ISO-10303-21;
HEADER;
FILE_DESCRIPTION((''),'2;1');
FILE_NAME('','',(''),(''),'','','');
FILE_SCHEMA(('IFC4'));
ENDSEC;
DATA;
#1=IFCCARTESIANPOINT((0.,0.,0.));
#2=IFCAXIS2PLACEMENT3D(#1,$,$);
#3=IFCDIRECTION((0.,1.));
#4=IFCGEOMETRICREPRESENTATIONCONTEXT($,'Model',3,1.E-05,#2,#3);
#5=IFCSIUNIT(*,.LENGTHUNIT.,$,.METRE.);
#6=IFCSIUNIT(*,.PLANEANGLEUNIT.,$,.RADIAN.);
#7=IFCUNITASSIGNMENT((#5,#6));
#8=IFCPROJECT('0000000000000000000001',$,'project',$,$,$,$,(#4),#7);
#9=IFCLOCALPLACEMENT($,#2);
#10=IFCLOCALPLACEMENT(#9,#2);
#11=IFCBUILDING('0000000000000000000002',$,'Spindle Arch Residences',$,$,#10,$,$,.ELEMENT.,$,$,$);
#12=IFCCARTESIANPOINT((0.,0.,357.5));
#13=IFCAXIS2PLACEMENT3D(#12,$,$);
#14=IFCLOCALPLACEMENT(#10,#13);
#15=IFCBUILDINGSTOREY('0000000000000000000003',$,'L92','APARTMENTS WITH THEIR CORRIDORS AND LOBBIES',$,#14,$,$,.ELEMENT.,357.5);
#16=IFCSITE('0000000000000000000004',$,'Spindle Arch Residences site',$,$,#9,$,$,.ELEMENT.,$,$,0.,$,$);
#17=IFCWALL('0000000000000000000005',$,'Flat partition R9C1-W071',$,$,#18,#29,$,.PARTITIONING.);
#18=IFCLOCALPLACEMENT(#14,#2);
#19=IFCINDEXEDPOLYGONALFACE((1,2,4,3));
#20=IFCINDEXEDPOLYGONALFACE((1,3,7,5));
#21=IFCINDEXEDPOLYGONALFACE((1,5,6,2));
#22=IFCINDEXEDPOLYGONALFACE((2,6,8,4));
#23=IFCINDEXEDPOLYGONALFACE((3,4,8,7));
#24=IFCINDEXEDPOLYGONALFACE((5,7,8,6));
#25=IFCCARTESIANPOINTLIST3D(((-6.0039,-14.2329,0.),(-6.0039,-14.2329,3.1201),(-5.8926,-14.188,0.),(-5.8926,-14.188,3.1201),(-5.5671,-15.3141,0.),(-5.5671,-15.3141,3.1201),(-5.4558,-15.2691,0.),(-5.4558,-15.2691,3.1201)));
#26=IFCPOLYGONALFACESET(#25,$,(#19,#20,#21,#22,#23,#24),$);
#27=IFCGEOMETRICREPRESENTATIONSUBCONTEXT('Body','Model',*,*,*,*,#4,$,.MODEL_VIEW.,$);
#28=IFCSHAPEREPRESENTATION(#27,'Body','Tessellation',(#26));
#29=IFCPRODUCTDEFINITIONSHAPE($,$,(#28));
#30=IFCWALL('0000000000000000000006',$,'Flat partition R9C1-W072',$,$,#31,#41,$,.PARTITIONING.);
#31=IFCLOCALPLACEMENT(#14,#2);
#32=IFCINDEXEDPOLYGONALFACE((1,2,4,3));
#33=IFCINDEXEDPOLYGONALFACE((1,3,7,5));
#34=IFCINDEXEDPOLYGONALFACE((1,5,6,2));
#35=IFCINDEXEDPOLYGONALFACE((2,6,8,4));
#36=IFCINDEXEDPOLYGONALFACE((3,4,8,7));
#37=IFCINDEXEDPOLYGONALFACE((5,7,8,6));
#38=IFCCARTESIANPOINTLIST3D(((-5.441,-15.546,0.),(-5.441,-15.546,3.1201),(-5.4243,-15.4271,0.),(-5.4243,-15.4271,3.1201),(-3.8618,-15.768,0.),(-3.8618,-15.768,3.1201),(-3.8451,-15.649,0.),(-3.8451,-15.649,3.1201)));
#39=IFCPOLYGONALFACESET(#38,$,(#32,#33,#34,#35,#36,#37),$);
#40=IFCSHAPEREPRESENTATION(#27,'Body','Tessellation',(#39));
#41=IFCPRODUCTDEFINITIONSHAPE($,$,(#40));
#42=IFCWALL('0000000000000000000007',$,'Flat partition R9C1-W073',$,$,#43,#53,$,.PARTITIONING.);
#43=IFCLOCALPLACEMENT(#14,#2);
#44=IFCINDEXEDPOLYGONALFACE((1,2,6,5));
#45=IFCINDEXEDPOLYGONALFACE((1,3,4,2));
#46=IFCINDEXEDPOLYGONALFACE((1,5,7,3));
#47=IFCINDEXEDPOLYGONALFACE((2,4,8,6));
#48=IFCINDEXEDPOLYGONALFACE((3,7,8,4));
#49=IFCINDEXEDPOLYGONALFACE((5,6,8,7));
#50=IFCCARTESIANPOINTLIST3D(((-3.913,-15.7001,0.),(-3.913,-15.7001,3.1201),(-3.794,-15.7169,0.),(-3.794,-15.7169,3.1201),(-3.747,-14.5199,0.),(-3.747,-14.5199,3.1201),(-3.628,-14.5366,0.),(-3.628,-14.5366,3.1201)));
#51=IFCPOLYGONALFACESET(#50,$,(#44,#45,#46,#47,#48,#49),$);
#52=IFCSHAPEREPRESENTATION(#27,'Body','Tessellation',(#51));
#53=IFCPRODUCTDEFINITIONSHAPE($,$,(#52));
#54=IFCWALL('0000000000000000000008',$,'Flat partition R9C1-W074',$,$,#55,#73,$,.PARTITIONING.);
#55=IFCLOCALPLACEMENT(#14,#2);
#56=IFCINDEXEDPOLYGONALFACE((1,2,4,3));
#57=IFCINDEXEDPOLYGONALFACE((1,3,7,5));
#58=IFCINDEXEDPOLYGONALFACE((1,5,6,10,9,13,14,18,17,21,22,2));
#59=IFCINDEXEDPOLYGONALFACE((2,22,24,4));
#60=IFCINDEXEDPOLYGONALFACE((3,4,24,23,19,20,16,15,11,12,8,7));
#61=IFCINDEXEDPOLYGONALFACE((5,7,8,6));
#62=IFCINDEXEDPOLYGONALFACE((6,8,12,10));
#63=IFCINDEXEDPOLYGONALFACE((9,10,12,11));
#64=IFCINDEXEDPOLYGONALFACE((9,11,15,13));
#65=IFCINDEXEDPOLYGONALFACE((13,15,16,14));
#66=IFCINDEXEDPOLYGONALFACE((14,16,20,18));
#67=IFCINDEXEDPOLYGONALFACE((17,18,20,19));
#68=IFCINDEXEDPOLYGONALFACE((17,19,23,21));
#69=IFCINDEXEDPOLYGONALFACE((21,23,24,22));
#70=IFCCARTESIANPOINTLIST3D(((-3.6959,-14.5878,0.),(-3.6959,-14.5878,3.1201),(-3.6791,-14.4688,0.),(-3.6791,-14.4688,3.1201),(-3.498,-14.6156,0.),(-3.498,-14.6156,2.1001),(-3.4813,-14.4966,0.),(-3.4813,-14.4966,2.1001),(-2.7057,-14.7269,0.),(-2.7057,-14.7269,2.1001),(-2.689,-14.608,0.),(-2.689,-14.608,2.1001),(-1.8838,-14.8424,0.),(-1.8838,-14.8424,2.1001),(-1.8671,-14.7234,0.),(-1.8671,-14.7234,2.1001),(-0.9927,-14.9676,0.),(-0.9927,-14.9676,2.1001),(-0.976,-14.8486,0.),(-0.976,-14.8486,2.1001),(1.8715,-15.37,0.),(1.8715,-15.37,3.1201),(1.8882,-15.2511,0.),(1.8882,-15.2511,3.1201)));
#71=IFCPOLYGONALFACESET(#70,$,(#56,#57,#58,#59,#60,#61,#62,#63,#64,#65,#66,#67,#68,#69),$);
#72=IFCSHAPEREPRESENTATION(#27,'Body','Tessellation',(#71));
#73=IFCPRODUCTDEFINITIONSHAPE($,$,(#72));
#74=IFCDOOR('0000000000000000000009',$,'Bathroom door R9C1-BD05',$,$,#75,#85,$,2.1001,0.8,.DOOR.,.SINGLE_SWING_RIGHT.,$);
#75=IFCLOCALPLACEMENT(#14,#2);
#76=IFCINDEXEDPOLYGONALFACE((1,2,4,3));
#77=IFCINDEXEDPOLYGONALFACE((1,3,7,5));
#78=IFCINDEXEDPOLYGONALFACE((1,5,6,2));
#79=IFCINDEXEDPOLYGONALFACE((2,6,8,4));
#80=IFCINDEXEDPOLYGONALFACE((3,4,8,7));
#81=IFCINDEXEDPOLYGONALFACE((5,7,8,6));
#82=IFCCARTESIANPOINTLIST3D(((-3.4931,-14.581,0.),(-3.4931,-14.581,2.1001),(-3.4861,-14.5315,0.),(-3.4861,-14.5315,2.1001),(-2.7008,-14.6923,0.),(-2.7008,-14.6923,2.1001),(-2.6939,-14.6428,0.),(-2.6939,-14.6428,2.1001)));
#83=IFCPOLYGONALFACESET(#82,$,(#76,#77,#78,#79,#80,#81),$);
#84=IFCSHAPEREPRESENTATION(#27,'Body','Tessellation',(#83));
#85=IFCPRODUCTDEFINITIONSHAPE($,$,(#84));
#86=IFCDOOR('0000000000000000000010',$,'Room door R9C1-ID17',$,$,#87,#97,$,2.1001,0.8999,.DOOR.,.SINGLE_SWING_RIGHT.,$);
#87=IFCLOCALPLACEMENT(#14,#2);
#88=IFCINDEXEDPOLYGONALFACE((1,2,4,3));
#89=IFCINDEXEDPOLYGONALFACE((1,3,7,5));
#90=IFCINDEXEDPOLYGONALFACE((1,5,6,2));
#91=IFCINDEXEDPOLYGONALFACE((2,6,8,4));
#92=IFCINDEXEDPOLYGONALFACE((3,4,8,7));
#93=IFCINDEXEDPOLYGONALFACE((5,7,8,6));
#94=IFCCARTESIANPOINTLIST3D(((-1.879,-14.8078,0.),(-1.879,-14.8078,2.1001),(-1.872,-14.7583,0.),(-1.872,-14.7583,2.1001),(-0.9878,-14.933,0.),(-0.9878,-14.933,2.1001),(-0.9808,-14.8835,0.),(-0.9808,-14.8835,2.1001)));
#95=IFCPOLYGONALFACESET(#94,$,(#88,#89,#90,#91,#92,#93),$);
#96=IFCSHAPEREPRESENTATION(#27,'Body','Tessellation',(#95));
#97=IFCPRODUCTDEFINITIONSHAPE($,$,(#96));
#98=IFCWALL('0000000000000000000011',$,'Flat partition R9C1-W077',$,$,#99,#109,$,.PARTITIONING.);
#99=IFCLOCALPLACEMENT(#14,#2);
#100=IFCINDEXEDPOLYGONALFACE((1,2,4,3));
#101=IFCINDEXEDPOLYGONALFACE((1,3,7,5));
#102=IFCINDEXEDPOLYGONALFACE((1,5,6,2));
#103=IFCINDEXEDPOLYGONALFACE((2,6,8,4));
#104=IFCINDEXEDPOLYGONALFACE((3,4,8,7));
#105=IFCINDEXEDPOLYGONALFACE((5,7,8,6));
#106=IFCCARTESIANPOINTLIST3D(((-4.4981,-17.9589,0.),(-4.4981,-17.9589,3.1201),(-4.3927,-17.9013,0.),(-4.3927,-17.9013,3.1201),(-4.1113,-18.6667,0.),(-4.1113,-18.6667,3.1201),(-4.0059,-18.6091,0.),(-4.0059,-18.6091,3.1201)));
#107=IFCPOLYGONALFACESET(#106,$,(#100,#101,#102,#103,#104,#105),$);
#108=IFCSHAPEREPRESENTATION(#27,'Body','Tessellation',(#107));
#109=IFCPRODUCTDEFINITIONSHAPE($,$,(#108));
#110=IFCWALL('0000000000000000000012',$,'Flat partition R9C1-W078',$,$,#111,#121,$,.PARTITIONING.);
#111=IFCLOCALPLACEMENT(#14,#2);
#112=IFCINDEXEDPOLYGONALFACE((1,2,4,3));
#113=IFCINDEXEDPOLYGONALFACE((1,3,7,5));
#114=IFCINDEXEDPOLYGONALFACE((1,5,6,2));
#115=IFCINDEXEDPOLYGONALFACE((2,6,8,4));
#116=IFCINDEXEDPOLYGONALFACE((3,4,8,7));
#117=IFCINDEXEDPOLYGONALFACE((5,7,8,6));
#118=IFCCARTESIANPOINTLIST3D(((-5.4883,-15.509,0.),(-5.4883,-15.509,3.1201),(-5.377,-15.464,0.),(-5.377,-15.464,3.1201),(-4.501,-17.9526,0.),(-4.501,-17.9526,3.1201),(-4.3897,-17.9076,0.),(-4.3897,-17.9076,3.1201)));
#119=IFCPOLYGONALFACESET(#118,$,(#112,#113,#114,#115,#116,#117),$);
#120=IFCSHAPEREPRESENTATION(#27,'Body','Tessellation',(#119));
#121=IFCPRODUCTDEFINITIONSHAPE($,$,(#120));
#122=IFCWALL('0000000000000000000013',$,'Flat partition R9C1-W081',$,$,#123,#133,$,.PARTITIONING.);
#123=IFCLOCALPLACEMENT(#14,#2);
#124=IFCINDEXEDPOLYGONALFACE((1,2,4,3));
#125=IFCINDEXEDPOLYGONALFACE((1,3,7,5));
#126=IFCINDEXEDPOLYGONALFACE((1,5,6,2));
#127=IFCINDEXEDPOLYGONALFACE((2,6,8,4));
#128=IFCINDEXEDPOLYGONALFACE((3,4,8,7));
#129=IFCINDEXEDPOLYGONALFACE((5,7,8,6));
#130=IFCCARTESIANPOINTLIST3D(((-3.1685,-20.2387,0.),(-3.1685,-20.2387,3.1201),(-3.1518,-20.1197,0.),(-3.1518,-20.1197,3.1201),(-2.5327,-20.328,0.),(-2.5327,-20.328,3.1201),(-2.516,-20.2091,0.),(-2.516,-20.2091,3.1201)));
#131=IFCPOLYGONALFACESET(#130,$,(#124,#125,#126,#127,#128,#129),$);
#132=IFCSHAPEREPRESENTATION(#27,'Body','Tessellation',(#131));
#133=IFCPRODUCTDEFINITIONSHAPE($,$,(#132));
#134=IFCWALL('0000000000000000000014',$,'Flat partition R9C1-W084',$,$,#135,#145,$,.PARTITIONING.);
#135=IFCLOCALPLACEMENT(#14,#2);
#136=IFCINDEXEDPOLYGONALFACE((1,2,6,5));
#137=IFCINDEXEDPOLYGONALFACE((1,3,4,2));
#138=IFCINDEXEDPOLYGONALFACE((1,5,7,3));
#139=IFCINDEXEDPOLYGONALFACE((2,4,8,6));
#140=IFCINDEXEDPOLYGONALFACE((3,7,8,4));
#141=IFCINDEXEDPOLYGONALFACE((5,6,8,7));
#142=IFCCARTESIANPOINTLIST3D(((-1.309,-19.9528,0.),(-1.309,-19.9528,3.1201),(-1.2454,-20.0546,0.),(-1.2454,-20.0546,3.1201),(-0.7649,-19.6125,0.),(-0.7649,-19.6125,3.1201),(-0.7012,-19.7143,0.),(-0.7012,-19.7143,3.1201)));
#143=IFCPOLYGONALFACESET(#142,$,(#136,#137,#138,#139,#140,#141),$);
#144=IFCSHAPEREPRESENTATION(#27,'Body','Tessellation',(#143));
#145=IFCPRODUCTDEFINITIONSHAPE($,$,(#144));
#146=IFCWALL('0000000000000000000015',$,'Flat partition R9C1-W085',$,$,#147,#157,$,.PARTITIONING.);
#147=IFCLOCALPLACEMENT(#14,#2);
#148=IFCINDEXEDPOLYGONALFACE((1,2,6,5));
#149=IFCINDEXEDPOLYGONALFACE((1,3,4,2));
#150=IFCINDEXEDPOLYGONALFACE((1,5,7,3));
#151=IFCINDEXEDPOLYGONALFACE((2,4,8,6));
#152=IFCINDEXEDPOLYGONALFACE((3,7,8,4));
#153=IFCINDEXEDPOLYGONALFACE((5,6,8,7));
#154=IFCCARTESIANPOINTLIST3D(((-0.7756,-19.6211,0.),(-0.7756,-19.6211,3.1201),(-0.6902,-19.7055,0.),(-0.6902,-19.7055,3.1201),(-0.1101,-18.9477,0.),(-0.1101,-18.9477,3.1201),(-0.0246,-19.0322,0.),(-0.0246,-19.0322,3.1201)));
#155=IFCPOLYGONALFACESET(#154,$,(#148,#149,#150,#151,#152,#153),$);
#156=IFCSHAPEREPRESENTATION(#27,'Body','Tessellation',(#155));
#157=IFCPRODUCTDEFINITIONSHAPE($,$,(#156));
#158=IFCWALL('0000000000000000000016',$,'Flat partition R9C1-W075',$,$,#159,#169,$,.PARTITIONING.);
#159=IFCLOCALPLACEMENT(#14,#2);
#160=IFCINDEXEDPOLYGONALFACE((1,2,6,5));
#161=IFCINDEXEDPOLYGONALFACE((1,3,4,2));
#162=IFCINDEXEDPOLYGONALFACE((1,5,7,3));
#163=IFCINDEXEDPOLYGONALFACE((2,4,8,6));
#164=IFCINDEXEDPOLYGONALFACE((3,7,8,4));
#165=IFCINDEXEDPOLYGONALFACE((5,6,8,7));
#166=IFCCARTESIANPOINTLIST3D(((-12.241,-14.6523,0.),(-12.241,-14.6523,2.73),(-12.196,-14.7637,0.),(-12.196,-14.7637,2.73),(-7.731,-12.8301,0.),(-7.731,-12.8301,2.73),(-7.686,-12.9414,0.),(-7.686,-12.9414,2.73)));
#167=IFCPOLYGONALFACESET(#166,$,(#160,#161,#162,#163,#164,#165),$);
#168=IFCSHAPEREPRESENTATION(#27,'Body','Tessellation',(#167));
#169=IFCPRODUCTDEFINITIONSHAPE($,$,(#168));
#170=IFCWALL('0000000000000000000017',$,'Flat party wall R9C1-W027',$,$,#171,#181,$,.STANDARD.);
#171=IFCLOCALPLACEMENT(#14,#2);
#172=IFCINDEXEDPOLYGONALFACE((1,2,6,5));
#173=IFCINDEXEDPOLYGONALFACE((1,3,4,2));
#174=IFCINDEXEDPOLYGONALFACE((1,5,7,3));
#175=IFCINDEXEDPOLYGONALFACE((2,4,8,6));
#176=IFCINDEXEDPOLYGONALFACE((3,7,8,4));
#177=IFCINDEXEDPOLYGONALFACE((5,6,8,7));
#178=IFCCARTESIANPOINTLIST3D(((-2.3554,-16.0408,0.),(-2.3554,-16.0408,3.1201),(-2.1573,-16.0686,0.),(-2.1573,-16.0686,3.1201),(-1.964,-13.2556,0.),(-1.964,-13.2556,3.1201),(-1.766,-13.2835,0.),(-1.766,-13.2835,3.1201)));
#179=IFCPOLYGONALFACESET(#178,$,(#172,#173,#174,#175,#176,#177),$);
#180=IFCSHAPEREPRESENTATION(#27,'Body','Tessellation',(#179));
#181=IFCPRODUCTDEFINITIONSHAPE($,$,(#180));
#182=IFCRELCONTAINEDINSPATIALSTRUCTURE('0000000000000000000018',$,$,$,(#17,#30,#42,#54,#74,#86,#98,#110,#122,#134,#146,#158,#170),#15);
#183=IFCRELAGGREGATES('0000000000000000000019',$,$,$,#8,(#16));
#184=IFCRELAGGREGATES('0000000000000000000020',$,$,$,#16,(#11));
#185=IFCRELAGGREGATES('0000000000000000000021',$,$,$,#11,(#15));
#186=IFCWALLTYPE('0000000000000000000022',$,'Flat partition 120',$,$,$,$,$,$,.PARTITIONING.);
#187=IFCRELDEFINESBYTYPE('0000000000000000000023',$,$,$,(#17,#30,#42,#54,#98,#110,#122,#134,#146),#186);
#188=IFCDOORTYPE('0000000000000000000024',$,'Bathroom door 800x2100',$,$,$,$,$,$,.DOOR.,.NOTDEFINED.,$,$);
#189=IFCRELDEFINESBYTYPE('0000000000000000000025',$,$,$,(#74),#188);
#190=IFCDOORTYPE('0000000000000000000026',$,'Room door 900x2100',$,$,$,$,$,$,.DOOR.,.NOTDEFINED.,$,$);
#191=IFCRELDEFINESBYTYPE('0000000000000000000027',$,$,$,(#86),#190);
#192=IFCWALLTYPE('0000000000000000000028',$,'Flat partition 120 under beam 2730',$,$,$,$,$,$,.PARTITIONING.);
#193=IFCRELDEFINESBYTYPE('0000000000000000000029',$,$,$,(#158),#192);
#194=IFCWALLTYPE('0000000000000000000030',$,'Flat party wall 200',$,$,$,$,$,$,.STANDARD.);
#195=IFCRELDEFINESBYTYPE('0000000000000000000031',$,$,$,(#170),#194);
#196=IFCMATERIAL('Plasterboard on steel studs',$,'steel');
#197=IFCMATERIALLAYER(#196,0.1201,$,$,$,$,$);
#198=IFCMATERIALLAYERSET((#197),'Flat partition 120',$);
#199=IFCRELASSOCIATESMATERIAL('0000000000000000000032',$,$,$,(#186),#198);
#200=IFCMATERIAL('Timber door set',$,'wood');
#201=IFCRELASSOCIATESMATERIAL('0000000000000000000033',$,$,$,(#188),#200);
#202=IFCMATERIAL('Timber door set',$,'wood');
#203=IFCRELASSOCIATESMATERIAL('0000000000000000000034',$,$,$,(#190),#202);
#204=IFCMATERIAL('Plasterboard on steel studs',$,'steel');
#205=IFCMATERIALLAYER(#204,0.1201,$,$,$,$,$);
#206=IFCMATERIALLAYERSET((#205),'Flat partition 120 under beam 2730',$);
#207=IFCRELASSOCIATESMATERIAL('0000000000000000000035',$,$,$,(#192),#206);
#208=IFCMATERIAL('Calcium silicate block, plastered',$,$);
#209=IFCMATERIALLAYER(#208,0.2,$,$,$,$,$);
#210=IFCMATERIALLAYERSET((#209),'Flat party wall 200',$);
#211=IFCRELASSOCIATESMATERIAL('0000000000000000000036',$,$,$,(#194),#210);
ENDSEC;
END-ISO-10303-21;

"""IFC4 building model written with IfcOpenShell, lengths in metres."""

from ifc_helpers import new_model, si_unit, direction, frame, frame_2d, origin, place, context, subcontext, project, spatial, rectangle, extrude, material, layer, layer_set, type_object, element, fill, save


model = new_model("IFC4")

# Units and contexts
model_context = context("Model", 3, precision=1e-05, world=origin(), true_north=direction((0.0, 1.0)))
body_context = subcontext(model_context, "Body", "Model", "MODEL_VIEW")
ifc_project = project(units=[si_unit("LENGTHUNIT", "METRE"), si_unit("PLANEANGLEUNIT", "RADIAN")], contexts=[model_context])

# Site, building, storey
site_placement = place(None, origin())
site = spatial("IfcSite", under=ifc_project, at=site_placement, Name="Spindle Arch Residences site", CompositionType="ELEMENT", RefElevation=0.0)
building_placement = place(site_placement, origin())
building = spatial("IfcBuilding", under=site, at=building_placement, Name="Spindle Arch Residences", CompositionType="ELEMENT")
storey_placement = place(building_placement, frame((0.0, 0.0, 357.5)))
storey = spatial("IfcBuildingStorey", under=building, at=storey_placement, Name="L92", Description="APARTMENTS WITH THEIR CORRIDORS AND LOBBIES", CompositionType="ELEMENT", Elevation=357.5)

# Walls
ifc_material_1 = material(Name="Plasterboard on steel studs", Category="steel")
ifc_layer_1 = layer(ifc_material_1, 0.1201)
ifc_layer_set_1 = layer_set([ifc_layer_1], Name="Flat partition 120")
wall_type_1 = type_object("IfcWallType", Name="Flat partition 120", PredefinedType="PARTITIONING", material=ifc_layer_set_1)
wall_1_placement = place(storey_placement, frame((-5.9482, -14.2104, 0.0), z_axis=(0.0, 0.0, 1.0), x_axis=(0.374602, -0.927186, 0.0)))
element("IfcWall", 1, at=wall_1_placement, inside=storey, type_object=wall_type_1, Name="Flat partition R9C1-W071", PredefinedType="PARTITIONING", context=body_context, shape_type="SweptSolid", body=[
    extrude(rectangle(XDim=1.166, YDim=0.1201, at=frame_2d((0.583, 0.0))), origin(), (0.0, 0.0, 1.0), 3.1201),
])
wall_2_placement = place(storey_placement, frame((-5.4326, -15.4866, 0.0), z_axis=(0.0, 0.0, 1.0), x_axis=(0.990268, -0.13917, 0.0)))
element("IfcWall", 2, at=wall_2_placement, inside=storey, type_object=wall_type_1, Name="Flat partition R9C1-W072", PredefinedType="PARTITIONING", context=body_context, shape_type="SweptSolid", body=[
    extrude(rectangle(XDim=1.5947, YDim=0.1201, at=frame_2d((0.7974, 0.0))), origin(), (0.0, 0.0, 1.0), 3.1201),
])
wall_3_placement = place(storey_placement, frame((-3.8535, -15.7085, 0.0), z_axis=(0.0, 0.0, 1.0), x_axis=(0.139299, 0.99025, 0.0)))
element("IfcWall", 3, at=wall_3_placement, inside=storey, type_object=wall_type_1, Name="Flat partition R9C1-W073", PredefinedType="PARTITIONING", context=body_context, shape_type="SweptSolid", body=[
    extrude(rectangle(XDim=1.1919, YDim=0.1201, at=frame_2d((0.5959, 0.0))), origin(), (0.0, 0.0, 1.0), 3.1201),
])

# Wall, openings, doors
wall_4_placement = place(storey_placement, frame((-3.6875, -14.5283, 0.0), z_axis=(0.0, 0.0, 1.0), x_axis=(0.990273, -0.139135, 0.0)))
wall_4 = element("IfcWall", 4, at=wall_4_placement, inside=storey, type_object=wall_type_1, Name="Flat partition R9C1-W074", PredefinedType="PARTITIONING", context=body_context, shape_type="SweptSolid", body=[
    extrude(rectangle(XDim=5.6221, YDim=0.1201, at=frame_2d((2.811, 0.0))), origin(), (0.0, 0.0, 1.0), 3.1201),
])
opening_1_placement = place(wall_4_placement, frame((0.2, 0.0, 0.0)))
opening_1 = element("IfcOpeningElement", 5, at=opening_1_placement, cuts=wall_4, PredefinedType="OPENING", context=body_context, shape_type="SweptSolid", body=[
    extrude(rectangle(XDim=0.8, YDim=2.1001, at=frame_2d((0.3999, 1.05))), frame((0.0, 0.0701, 0.0), z_axis=(0.0, -1.0, 0.0), x_axis=(1.0, 0.0, 0.0)), (0.0, 0.0, 1.0), 0.1401),
])
opening_2_placement = place(wall_4_placement, frame((1.8298, 0.0, 0.0)))
opening_2 = element("IfcOpeningElement", 6, at=opening_2_placement, cuts=wall_4, PredefinedType="OPENING", context=body_context, shape_type="SweptSolid", body=[
    extrude(rectangle(XDim=0.8999, YDim=2.1001, at=frame_2d((0.45, 1.05))), frame((0.0, 0.0701, 0.0), z_axis=(0.0, -1.0, 0.0), x_axis=(1.0, 0.0, 0.0)), (0.0, 0.0, 1.0), 0.1401),
])
ifc_material_2 = material(Name="Timber door set", Category="wood")
door_type_1 = type_object("IfcDoorType", Name="Bathroom door 800x2100", OperationType="NOTDEFINED", PredefinedType="DOOR", material=ifc_material_2)
door_1_placement = place(opening_1_placement, origin())
door_1 = element("IfcDoor", 7, at=door_1_placement, inside=storey, type_object=door_type_1, Name="Bathroom door R9C1-BD05", OperationType="SINGLE_SWING_RIGHT", OverallHeight=2.1001, OverallWidth=0.8, PredefinedType="DOOR", context=body_context, shape_type="SweptSolid", body=[
    extrude(rectangle(XDim=0.8, YDim=2.1001, at=frame_2d((0.3999, 1.05))), frame((0.0, 0.0249, 0.0), z_axis=(0.0, -1.0, 0.0), x_axis=(1.0, 0.0, 0.0)), (0.0, 0.0, 1.0), 0.05),
])
fill(opening_1, door_1)
ifc_material_3 = material(Name="Timber door set", Category="wood")
door_type_2 = type_object("IfcDoorType", Name="Room door 900x2100", OperationType="NOTDEFINED", PredefinedType="DOOR", material=ifc_material_3)
door_2_placement = place(opening_2_placement, origin())
door_2 = element("IfcDoor", 8, at=door_2_placement, inside=storey, type_object=door_type_2, Name="Room door R9C1-ID17", OperationType="SINGLE_SWING_RIGHT", OverallHeight=2.1001, OverallWidth=0.8999, PredefinedType="DOOR", context=body_context, shape_type="SweptSolid", body=[
    extrude(rectangle(XDim=0.8999, YDim=2.1001, at=frame_2d((0.45, 1.05))), frame((0.0, 0.0249, 0.0), z_axis=(0.0, -1.0, 0.0), x_axis=(1.0, 0.0, 0.0)), (0.0, 0.0, 1.0), 0.05),
])
fill(opening_2, door_2)

# Walls
wall_5_placement = place(storey_placement, frame((-4.0586, -18.6379, 0.0), z_axis=(0.0, 0.0, 1.0), x_axis=(-0.479488, 0.877548, 0.0)))
element("IfcWall", 9, at=wall_5_placement, inside=storey, type_object=wall_type_1, Name="Flat partition R9C1-W077", PredefinedType="PARTITIONING", context=body_context, shape_type="SweptSolid", body=[
    extrude(rectangle(XDim=0.8066, YDim=0.1201, at=frame_2d((0.4033, 0.0))), origin(), (0.0, 0.0, 1.0), 3.1201),
])
wall_6_placement = place(storey_placement, frame((-4.4453, -17.9302, 0.0), z_axis=(0.0, 0.0, 1.0), x_axis=(-0.374615, 0.927181, 0.0)))
element("IfcWall", 10, at=wall_6_placement, inside=storey, type_object=wall_type_1, Name="Flat partition R9C1-W078", PredefinedType="PARTITIONING", context=body_context, shape_type="SweptSolid", body=[
    extrude(rectangle(XDim=2.6355, YDim=0.1201, at=frame_2d((1.3179, 0.0))), origin(), (0.0, 0.0, 1.0), 3.1201),
])
wall_7_placement = place(storey_placement, frame((-3.1602, -20.1792, 0.0), z_axis=(0.0, 0.0, 1.0), x_axis=(0.990266, -0.139185, 0.0)))
element("IfcWall", 11, at=wall_7_placement, inside=storey, type_object=wall_type_1, Name="Flat partition R9C1-W081", PredefinedType="PARTITIONING", context=body_context, shape_type="SweptSolid", body=[
    extrude(rectangle(XDim=0.6421, YDim=0.1201, at=frame_2d((0.321, 0.0))), origin(), (0.0, 0.0, 1.0), 3.1201),
])
wall_8_placement = place(storey_placement, frame((-1.2771, -20.0037, 0.0), z_axis=(0.0, 0.0, 1.0), x_axis=(0.847849, 0.530238, 0.0)))
element("IfcWall", 12, at=wall_8_placement, inside=storey, type_object=wall_type_1, Name="Flat partition R9C1-W084", PredefinedType="PARTITIONING", context=body_context, shape_type="SweptSolid", body=[
    extrude(rectangle(XDim=0.6418, YDim=0.1201, at=frame_2d((0.3208, 0.0))), origin(), (0.0, 0.0, 1.0), 3.1201),
])
wall_9_placement = place(storey_placement, frame((-0.7329, -19.6633, 0.0), z_axis=(0.0, 0.0, 1.0), x_axis=(0.702969, 0.711221, 0.0)))
element("IfcWall", 13, at=wall_9_placement, inside=storey, type_object=wall_type_1, Name="Flat partition R9C1-W085", PredefinedType="PARTITIONING", context=body_context, shape_type="SweptSolid", body=[
    extrude(rectangle(XDim=0.9468, YDim=0.1201, at=frame_2d((0.4734, 0.0))), origin(), (0.0, 0.0, 1.0), 3.1201),
])
ifc_material_4 = material(Name="Plasterboard on steel studs", Category="steel")
ifc_layer_2 = layer(ifc_material_4, 0.1201)
ifc_layer_set_2 = layer_set([ifc_layer_2], Name="Flat partition 120 under beam 2730")
wall_type_2 = type_object("IfcWallType", Name="Flat partition 120 under beam 2730", PredefinedType="PARTITIONING", material=ifc_layer_set_2)
wall_10_placement = place(storey_placement, frame((-12.2185, -14.708, 0.0), z_axis=(0.0, 0.0, 1.0), x_axis=(0.927176, 0.374625, 0.0)))
element("IfcWall", 14, at=wall_10_placement, inside=storey, type_object=wall_type_2, Name="Flat partition R9C1-W075", PredefinedType="PARTITIONING", context=body_context, shape_type="SweptSolid", body=[
    extrude(rectangle(XDim=4.8643, YDim=0.1201, at=frame_2d((2.4321, 0.0))), origin(), (0.0, 0.0, 1.0), 2.73),
])
ifc_material_5 = material(Name="Calcium silicate block, plastered")
ifc_layer_3 = layer(ifc_material_5, 0.2)
ifc_layer_set_3 = layer_set([ifc_layer_3], Name="Flat party wall 200")
wall_type_3 = type_object("IfcWallType", Name="Flat party wall 200", PredefinedType="STANDARD", material=ifc_layer_set_3)
wall_11_placement = place(storey_placement, frame((-2.2563, -16.0547, 0.0), z_axis=(0.0, 0.0, 1.0), x_axis=(0.139148, 0.990272, 0.0)))
element("IfcWall", 15, at=wall_11_placement, inside=storey, type_object=wall_type_3, Name="Flat party wall R9C1-W027", PredefinedType="STANDARD", context=body_context, shape_type="SweptSolid", body=[
    extrude(rectangle(XDim=2.8125, YDim=0.2, at=frame_2d((1.4062, 0.0))), origin(), (0.0, 0.0, 1.0), 3.1201),
])

save(model, "model.ifc")
